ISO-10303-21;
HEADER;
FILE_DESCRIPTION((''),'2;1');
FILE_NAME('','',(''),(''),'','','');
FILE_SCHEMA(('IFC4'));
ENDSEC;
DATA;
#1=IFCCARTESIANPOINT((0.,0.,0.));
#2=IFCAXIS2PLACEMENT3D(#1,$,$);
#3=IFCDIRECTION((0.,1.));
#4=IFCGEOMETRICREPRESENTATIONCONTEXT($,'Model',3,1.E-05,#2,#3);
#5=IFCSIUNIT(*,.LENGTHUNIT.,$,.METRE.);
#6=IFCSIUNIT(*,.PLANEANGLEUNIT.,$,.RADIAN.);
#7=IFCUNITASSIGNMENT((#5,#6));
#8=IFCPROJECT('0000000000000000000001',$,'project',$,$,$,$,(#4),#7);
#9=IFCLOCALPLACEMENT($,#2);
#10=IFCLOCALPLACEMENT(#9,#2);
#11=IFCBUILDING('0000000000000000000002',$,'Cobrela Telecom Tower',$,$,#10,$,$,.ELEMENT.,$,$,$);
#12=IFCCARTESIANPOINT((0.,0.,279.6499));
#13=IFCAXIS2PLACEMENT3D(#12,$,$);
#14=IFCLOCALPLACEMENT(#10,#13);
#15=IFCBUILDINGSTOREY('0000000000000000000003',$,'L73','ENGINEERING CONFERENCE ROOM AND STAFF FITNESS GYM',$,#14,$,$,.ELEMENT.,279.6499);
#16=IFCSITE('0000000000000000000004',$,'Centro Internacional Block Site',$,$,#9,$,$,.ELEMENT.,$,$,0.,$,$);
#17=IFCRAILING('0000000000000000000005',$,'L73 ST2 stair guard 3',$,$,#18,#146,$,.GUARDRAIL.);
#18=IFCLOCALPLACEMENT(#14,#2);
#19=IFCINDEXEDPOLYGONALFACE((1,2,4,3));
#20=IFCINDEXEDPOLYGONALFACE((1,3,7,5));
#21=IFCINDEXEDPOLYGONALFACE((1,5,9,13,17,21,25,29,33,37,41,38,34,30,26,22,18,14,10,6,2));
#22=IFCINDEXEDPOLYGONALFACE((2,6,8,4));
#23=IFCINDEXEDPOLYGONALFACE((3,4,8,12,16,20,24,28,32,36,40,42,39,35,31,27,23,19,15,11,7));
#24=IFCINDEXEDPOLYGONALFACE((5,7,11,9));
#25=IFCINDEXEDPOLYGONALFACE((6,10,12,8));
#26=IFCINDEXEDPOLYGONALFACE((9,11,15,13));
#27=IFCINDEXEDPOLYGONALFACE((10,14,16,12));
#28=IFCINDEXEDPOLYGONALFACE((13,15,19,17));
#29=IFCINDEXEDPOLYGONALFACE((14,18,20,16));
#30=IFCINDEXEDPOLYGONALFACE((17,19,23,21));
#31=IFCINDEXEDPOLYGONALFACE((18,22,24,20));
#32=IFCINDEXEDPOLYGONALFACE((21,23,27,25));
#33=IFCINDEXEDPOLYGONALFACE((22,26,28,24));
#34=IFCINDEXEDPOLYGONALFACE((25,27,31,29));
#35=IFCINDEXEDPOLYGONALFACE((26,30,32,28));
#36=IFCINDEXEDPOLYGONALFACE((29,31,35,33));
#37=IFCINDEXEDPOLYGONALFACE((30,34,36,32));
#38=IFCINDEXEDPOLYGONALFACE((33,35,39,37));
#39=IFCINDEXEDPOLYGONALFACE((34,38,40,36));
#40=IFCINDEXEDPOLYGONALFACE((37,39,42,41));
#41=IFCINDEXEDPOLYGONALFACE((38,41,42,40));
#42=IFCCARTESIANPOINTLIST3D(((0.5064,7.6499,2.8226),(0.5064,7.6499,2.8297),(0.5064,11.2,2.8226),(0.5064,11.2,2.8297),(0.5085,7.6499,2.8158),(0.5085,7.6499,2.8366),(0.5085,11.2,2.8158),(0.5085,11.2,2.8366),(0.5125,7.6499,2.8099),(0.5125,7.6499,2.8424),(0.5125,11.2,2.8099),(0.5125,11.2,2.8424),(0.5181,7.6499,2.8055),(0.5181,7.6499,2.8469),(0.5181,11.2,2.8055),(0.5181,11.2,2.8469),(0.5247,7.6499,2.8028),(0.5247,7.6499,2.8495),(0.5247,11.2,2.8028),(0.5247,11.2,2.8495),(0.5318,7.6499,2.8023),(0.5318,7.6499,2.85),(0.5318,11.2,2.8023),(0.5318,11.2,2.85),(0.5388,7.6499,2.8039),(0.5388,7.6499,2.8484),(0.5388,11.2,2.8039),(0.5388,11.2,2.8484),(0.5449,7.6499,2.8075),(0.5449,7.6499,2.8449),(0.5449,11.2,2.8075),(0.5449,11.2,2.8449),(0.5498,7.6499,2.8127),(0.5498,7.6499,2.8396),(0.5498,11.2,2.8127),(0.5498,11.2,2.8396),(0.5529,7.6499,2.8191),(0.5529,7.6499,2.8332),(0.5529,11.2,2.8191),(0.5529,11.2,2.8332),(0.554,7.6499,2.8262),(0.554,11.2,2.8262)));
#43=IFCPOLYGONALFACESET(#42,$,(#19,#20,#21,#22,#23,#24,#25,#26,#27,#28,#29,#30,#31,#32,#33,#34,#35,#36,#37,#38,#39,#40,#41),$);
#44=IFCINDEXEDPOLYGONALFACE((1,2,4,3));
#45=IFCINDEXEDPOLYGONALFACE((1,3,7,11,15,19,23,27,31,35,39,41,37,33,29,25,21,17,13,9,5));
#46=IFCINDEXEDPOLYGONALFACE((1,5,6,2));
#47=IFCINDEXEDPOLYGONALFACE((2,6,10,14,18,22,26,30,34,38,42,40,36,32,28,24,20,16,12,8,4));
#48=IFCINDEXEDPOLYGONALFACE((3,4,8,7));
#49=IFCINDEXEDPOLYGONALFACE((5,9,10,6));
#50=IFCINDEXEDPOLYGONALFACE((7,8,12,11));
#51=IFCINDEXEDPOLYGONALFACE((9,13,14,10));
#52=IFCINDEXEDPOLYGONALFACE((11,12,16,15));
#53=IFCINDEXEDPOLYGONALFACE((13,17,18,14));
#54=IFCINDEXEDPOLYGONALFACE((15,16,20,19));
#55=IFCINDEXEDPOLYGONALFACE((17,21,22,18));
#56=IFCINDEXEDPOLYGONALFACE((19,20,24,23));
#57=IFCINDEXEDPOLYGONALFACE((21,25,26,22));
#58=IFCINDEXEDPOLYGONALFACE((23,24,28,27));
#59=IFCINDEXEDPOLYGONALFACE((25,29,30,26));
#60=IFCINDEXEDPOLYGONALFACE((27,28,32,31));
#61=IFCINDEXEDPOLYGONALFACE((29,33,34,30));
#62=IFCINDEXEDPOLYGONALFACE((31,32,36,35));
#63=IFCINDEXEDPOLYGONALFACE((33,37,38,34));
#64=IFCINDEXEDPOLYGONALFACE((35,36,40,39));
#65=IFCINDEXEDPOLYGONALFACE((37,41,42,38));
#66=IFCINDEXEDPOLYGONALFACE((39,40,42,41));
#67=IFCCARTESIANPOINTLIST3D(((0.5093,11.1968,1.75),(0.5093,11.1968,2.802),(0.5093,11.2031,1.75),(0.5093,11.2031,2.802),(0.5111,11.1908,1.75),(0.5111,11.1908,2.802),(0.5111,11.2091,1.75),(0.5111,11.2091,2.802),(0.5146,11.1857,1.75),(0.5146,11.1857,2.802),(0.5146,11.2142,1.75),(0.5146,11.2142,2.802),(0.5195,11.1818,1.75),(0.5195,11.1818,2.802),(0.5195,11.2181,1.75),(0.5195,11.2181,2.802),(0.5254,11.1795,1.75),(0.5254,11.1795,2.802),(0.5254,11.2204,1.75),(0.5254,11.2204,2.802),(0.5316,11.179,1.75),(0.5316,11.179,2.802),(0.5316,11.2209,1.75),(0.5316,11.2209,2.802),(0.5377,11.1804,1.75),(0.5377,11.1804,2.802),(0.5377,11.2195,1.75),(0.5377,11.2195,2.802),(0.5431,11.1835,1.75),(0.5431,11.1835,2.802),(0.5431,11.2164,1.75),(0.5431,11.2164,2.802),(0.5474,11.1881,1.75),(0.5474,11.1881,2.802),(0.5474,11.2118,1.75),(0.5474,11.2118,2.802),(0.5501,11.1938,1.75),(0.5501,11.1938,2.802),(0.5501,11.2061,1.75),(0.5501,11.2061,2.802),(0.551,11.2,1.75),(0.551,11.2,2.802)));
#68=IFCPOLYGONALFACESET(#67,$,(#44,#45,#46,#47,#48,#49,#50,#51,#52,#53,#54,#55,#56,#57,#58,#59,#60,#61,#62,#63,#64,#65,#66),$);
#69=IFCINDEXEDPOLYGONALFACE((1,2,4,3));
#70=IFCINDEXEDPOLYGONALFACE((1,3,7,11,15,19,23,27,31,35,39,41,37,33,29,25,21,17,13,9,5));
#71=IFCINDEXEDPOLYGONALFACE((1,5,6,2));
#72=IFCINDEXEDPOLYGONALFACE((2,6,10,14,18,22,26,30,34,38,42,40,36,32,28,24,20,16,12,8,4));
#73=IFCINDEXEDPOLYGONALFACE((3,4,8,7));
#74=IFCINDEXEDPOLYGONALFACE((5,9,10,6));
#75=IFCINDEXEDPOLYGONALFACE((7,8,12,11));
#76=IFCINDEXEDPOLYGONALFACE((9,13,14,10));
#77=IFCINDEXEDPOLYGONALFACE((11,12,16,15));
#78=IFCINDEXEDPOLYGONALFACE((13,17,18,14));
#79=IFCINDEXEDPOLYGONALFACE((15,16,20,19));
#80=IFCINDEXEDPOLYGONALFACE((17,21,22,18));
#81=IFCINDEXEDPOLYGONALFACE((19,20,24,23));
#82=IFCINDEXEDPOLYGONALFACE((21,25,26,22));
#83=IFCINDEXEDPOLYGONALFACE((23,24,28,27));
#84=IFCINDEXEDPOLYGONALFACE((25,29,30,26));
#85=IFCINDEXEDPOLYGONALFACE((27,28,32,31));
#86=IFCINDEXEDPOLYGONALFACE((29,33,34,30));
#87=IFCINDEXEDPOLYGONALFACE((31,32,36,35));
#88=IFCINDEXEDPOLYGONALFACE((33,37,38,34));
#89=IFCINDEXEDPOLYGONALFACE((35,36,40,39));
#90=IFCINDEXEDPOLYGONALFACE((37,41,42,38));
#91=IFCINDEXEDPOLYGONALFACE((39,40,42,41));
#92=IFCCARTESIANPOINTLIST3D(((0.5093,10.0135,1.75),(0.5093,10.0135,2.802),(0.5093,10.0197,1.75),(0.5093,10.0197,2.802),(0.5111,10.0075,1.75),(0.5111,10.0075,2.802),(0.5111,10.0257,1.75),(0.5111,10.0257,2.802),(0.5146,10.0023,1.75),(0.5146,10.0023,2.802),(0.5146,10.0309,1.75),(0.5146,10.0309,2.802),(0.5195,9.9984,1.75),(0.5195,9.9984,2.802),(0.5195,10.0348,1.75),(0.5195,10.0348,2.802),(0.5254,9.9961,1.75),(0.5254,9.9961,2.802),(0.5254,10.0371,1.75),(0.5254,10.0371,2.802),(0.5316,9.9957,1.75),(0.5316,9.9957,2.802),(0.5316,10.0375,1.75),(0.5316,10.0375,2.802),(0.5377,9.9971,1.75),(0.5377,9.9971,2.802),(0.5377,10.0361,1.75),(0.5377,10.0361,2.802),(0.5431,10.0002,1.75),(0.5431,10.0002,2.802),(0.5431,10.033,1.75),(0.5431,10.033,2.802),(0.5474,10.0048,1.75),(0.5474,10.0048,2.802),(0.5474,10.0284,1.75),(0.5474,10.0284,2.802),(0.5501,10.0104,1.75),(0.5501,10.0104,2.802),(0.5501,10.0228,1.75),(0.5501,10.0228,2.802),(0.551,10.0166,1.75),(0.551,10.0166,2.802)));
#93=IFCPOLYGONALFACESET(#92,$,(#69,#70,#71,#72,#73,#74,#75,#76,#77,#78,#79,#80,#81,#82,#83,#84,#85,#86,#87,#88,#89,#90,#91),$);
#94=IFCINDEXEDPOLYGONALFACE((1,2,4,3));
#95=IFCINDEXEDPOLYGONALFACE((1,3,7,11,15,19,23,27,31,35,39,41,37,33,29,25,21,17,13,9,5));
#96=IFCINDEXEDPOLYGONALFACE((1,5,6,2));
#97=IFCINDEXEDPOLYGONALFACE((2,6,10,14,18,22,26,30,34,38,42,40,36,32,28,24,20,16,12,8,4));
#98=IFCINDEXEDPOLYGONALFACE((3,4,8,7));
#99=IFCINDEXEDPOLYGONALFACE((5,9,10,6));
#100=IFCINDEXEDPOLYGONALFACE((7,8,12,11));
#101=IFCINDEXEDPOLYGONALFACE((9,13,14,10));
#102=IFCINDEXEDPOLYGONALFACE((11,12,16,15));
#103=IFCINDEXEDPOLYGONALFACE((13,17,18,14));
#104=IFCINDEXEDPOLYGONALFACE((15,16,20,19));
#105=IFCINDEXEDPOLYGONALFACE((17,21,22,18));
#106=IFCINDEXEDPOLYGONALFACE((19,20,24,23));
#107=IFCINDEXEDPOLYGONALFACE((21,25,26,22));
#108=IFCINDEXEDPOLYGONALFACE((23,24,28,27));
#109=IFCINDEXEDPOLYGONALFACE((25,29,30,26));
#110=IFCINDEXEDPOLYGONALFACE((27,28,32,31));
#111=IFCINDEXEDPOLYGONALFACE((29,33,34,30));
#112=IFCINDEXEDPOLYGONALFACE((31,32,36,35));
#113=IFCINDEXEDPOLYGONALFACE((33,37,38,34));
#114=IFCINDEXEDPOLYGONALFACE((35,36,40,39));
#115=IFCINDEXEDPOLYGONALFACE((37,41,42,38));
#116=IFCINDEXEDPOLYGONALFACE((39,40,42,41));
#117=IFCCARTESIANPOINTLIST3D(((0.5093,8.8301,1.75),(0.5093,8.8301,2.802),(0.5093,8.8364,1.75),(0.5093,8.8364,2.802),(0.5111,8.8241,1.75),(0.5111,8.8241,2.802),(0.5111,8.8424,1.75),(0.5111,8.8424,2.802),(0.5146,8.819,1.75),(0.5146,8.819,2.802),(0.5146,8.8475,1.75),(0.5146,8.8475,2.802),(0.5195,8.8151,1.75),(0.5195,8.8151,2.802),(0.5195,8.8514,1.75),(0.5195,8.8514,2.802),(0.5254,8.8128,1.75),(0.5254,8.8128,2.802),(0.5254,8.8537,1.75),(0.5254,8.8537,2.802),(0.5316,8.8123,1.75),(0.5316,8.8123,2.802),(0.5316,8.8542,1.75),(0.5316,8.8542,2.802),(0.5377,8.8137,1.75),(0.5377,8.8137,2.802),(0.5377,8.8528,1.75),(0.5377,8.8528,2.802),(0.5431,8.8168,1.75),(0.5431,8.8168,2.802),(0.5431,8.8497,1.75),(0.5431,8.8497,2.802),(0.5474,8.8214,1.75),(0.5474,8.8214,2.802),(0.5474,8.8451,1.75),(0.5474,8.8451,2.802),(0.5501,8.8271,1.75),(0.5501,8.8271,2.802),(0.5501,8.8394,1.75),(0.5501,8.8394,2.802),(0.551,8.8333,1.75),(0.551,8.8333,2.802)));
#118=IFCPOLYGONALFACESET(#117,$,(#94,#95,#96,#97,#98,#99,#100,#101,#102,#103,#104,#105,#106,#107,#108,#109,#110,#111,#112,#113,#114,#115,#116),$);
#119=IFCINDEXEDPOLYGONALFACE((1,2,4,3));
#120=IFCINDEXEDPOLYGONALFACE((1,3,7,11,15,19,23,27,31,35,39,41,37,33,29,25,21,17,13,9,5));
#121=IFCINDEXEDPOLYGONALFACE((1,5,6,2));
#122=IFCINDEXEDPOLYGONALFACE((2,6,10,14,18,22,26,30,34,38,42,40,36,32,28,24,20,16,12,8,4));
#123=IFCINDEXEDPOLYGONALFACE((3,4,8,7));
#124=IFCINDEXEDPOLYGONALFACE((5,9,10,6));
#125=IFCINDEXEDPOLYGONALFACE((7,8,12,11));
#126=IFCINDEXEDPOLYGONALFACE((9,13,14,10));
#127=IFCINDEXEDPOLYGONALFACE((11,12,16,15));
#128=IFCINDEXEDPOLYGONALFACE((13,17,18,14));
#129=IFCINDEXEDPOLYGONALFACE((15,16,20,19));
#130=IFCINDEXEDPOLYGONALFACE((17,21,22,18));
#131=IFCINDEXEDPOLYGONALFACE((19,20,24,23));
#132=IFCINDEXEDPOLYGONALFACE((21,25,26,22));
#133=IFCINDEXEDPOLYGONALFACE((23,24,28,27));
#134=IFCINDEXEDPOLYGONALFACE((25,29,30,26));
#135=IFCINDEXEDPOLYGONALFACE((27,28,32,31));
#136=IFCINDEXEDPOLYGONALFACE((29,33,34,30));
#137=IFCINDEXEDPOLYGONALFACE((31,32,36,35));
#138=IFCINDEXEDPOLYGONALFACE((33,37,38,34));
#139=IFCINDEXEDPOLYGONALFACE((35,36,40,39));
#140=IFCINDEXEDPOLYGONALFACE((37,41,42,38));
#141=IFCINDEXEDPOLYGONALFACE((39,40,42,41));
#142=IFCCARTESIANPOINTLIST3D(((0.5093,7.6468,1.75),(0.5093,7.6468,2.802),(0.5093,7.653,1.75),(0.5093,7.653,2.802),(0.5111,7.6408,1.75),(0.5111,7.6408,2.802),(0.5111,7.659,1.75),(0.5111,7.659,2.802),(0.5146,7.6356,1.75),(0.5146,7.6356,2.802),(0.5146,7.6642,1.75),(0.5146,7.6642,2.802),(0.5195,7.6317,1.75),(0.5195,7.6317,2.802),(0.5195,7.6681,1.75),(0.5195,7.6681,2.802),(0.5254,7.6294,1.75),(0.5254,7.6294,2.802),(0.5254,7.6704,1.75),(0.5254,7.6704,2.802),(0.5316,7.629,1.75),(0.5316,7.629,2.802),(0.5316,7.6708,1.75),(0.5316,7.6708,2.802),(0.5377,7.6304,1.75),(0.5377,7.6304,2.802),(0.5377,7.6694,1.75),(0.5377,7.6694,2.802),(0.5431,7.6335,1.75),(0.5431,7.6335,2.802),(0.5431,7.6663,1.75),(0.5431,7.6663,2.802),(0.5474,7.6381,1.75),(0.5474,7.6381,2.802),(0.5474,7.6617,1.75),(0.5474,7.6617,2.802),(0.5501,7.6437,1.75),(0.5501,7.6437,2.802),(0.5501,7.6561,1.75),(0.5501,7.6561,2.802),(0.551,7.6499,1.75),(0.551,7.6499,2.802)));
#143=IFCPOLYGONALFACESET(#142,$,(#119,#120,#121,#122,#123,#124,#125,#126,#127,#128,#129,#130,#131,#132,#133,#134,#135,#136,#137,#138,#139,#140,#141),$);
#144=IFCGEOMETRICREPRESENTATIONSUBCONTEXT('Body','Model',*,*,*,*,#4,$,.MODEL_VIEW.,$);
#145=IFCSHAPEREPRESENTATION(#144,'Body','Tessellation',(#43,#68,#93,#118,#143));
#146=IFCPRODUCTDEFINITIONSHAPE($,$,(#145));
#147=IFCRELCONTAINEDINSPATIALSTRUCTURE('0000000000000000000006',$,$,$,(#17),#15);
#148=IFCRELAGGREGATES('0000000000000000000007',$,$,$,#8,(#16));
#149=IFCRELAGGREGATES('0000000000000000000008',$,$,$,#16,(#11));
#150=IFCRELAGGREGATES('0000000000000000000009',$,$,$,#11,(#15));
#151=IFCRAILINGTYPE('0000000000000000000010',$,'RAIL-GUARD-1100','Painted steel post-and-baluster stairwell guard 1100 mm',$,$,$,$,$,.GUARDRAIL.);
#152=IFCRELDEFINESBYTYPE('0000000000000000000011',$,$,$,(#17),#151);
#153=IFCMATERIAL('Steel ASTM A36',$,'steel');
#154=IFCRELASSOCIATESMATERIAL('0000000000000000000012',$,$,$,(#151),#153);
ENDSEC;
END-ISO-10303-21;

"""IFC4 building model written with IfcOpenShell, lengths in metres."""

from ifc_helpers import new_model, si_unit, direction, frame, origin, origin_2d, place, context, subcontext, project, spatial, circle, extrude, material, type_object, element, save


model = new_model("IFC4")

# Units and contexts
model_context = context("Model", 3, precision=1e-05, world=origin(), true_north=direction((0.0, 1.0)))
body_context = subcontext(model_context, "Body", "Model", "MODEL_VIEW")
ifc_project = project(units=[si_unit("LENGTHUNIT", "METRE"), si_unit("PLANEANGLEUNIT", "RADIAN")], contexts=[model_context])

# Site, building, storey
site_placement = place(None, origin())
site = spatial("IfcSite", under=ifc_project, at=site_placement, Name="Centro Internacional Block Site", CompositionType="ELEMENT", RefElevation=0.0)
building_placement = place(site_placement, origin())
building = spatial("IfcBuilding", under=site, at=building_placement, Name="Cobrela Telecom Tower", CompositionType="ELEMENT")
storey_placement = place(building_placement, frame((0.0, 0.0, 279.6499)))
storey = spatial("IfcBuildingStorey", under=building, at=storey_placement, Name="L73", Description="ENGINEERING CONFERENCE ROOM AND STAFF FITNESS GYM", CompositionType="ELEMENT", Elevation=279.6499)

# Shared definitions
ifc_material_1 = material(Name="Steel ASTM A36", Category="steel")

# Railing
railing_type = type_object("IfcRailingType", Name="RAIL-GUARD-1100", Description="Painted steel post-and-baluster stairwell guard 1100 mm", PredefinedType="GUARDRAIL", material=ifc_material_1)
railing_1_placement = place(storey_placement, frame((0.53, 11.2, 1.75)))
element("IfcRailing", 1, at=railing_1_placement, inside=storey, type_object=railing_type, Name="L73 ST2 stair guard 3", PredefinedType="GUARDRAIL", context=body_context, shape_type="SweptSolid", body=[
    extrude(circle(Radius=0.0239, at=origin_2d()), frame((0.0, 0.0, 1.0762), z_axis=(0.0, -1.0, 0.0), x_axis=(1.0, 0.0, 0.0)), (0.0, 0.0, 1.0), 3.55),
    extrude(circle(Radius=0.021, at=origin_2d()), origin(), (0.0, 0.0, 1.0), 1.052),
    extrude(circle(Radius=0.021, at=origin_2d()), frame((0.0, -1.1833, 0.0)), (0.0, 0.0, 1.0), 1.052),
    extrude(circle(Radius=0.021, at=origin_2d()), frame((0.0, -2.3667, 0.0)), (0.0, 0.0, 1.0), 1.052),
    extrude(circle(Radius=0.021, at=origin_2d()), frame((0.0, -3.55, 0.0)), (0.0, 0.0, 1.0), 1.052),
])

save(model, "model.ifc")
